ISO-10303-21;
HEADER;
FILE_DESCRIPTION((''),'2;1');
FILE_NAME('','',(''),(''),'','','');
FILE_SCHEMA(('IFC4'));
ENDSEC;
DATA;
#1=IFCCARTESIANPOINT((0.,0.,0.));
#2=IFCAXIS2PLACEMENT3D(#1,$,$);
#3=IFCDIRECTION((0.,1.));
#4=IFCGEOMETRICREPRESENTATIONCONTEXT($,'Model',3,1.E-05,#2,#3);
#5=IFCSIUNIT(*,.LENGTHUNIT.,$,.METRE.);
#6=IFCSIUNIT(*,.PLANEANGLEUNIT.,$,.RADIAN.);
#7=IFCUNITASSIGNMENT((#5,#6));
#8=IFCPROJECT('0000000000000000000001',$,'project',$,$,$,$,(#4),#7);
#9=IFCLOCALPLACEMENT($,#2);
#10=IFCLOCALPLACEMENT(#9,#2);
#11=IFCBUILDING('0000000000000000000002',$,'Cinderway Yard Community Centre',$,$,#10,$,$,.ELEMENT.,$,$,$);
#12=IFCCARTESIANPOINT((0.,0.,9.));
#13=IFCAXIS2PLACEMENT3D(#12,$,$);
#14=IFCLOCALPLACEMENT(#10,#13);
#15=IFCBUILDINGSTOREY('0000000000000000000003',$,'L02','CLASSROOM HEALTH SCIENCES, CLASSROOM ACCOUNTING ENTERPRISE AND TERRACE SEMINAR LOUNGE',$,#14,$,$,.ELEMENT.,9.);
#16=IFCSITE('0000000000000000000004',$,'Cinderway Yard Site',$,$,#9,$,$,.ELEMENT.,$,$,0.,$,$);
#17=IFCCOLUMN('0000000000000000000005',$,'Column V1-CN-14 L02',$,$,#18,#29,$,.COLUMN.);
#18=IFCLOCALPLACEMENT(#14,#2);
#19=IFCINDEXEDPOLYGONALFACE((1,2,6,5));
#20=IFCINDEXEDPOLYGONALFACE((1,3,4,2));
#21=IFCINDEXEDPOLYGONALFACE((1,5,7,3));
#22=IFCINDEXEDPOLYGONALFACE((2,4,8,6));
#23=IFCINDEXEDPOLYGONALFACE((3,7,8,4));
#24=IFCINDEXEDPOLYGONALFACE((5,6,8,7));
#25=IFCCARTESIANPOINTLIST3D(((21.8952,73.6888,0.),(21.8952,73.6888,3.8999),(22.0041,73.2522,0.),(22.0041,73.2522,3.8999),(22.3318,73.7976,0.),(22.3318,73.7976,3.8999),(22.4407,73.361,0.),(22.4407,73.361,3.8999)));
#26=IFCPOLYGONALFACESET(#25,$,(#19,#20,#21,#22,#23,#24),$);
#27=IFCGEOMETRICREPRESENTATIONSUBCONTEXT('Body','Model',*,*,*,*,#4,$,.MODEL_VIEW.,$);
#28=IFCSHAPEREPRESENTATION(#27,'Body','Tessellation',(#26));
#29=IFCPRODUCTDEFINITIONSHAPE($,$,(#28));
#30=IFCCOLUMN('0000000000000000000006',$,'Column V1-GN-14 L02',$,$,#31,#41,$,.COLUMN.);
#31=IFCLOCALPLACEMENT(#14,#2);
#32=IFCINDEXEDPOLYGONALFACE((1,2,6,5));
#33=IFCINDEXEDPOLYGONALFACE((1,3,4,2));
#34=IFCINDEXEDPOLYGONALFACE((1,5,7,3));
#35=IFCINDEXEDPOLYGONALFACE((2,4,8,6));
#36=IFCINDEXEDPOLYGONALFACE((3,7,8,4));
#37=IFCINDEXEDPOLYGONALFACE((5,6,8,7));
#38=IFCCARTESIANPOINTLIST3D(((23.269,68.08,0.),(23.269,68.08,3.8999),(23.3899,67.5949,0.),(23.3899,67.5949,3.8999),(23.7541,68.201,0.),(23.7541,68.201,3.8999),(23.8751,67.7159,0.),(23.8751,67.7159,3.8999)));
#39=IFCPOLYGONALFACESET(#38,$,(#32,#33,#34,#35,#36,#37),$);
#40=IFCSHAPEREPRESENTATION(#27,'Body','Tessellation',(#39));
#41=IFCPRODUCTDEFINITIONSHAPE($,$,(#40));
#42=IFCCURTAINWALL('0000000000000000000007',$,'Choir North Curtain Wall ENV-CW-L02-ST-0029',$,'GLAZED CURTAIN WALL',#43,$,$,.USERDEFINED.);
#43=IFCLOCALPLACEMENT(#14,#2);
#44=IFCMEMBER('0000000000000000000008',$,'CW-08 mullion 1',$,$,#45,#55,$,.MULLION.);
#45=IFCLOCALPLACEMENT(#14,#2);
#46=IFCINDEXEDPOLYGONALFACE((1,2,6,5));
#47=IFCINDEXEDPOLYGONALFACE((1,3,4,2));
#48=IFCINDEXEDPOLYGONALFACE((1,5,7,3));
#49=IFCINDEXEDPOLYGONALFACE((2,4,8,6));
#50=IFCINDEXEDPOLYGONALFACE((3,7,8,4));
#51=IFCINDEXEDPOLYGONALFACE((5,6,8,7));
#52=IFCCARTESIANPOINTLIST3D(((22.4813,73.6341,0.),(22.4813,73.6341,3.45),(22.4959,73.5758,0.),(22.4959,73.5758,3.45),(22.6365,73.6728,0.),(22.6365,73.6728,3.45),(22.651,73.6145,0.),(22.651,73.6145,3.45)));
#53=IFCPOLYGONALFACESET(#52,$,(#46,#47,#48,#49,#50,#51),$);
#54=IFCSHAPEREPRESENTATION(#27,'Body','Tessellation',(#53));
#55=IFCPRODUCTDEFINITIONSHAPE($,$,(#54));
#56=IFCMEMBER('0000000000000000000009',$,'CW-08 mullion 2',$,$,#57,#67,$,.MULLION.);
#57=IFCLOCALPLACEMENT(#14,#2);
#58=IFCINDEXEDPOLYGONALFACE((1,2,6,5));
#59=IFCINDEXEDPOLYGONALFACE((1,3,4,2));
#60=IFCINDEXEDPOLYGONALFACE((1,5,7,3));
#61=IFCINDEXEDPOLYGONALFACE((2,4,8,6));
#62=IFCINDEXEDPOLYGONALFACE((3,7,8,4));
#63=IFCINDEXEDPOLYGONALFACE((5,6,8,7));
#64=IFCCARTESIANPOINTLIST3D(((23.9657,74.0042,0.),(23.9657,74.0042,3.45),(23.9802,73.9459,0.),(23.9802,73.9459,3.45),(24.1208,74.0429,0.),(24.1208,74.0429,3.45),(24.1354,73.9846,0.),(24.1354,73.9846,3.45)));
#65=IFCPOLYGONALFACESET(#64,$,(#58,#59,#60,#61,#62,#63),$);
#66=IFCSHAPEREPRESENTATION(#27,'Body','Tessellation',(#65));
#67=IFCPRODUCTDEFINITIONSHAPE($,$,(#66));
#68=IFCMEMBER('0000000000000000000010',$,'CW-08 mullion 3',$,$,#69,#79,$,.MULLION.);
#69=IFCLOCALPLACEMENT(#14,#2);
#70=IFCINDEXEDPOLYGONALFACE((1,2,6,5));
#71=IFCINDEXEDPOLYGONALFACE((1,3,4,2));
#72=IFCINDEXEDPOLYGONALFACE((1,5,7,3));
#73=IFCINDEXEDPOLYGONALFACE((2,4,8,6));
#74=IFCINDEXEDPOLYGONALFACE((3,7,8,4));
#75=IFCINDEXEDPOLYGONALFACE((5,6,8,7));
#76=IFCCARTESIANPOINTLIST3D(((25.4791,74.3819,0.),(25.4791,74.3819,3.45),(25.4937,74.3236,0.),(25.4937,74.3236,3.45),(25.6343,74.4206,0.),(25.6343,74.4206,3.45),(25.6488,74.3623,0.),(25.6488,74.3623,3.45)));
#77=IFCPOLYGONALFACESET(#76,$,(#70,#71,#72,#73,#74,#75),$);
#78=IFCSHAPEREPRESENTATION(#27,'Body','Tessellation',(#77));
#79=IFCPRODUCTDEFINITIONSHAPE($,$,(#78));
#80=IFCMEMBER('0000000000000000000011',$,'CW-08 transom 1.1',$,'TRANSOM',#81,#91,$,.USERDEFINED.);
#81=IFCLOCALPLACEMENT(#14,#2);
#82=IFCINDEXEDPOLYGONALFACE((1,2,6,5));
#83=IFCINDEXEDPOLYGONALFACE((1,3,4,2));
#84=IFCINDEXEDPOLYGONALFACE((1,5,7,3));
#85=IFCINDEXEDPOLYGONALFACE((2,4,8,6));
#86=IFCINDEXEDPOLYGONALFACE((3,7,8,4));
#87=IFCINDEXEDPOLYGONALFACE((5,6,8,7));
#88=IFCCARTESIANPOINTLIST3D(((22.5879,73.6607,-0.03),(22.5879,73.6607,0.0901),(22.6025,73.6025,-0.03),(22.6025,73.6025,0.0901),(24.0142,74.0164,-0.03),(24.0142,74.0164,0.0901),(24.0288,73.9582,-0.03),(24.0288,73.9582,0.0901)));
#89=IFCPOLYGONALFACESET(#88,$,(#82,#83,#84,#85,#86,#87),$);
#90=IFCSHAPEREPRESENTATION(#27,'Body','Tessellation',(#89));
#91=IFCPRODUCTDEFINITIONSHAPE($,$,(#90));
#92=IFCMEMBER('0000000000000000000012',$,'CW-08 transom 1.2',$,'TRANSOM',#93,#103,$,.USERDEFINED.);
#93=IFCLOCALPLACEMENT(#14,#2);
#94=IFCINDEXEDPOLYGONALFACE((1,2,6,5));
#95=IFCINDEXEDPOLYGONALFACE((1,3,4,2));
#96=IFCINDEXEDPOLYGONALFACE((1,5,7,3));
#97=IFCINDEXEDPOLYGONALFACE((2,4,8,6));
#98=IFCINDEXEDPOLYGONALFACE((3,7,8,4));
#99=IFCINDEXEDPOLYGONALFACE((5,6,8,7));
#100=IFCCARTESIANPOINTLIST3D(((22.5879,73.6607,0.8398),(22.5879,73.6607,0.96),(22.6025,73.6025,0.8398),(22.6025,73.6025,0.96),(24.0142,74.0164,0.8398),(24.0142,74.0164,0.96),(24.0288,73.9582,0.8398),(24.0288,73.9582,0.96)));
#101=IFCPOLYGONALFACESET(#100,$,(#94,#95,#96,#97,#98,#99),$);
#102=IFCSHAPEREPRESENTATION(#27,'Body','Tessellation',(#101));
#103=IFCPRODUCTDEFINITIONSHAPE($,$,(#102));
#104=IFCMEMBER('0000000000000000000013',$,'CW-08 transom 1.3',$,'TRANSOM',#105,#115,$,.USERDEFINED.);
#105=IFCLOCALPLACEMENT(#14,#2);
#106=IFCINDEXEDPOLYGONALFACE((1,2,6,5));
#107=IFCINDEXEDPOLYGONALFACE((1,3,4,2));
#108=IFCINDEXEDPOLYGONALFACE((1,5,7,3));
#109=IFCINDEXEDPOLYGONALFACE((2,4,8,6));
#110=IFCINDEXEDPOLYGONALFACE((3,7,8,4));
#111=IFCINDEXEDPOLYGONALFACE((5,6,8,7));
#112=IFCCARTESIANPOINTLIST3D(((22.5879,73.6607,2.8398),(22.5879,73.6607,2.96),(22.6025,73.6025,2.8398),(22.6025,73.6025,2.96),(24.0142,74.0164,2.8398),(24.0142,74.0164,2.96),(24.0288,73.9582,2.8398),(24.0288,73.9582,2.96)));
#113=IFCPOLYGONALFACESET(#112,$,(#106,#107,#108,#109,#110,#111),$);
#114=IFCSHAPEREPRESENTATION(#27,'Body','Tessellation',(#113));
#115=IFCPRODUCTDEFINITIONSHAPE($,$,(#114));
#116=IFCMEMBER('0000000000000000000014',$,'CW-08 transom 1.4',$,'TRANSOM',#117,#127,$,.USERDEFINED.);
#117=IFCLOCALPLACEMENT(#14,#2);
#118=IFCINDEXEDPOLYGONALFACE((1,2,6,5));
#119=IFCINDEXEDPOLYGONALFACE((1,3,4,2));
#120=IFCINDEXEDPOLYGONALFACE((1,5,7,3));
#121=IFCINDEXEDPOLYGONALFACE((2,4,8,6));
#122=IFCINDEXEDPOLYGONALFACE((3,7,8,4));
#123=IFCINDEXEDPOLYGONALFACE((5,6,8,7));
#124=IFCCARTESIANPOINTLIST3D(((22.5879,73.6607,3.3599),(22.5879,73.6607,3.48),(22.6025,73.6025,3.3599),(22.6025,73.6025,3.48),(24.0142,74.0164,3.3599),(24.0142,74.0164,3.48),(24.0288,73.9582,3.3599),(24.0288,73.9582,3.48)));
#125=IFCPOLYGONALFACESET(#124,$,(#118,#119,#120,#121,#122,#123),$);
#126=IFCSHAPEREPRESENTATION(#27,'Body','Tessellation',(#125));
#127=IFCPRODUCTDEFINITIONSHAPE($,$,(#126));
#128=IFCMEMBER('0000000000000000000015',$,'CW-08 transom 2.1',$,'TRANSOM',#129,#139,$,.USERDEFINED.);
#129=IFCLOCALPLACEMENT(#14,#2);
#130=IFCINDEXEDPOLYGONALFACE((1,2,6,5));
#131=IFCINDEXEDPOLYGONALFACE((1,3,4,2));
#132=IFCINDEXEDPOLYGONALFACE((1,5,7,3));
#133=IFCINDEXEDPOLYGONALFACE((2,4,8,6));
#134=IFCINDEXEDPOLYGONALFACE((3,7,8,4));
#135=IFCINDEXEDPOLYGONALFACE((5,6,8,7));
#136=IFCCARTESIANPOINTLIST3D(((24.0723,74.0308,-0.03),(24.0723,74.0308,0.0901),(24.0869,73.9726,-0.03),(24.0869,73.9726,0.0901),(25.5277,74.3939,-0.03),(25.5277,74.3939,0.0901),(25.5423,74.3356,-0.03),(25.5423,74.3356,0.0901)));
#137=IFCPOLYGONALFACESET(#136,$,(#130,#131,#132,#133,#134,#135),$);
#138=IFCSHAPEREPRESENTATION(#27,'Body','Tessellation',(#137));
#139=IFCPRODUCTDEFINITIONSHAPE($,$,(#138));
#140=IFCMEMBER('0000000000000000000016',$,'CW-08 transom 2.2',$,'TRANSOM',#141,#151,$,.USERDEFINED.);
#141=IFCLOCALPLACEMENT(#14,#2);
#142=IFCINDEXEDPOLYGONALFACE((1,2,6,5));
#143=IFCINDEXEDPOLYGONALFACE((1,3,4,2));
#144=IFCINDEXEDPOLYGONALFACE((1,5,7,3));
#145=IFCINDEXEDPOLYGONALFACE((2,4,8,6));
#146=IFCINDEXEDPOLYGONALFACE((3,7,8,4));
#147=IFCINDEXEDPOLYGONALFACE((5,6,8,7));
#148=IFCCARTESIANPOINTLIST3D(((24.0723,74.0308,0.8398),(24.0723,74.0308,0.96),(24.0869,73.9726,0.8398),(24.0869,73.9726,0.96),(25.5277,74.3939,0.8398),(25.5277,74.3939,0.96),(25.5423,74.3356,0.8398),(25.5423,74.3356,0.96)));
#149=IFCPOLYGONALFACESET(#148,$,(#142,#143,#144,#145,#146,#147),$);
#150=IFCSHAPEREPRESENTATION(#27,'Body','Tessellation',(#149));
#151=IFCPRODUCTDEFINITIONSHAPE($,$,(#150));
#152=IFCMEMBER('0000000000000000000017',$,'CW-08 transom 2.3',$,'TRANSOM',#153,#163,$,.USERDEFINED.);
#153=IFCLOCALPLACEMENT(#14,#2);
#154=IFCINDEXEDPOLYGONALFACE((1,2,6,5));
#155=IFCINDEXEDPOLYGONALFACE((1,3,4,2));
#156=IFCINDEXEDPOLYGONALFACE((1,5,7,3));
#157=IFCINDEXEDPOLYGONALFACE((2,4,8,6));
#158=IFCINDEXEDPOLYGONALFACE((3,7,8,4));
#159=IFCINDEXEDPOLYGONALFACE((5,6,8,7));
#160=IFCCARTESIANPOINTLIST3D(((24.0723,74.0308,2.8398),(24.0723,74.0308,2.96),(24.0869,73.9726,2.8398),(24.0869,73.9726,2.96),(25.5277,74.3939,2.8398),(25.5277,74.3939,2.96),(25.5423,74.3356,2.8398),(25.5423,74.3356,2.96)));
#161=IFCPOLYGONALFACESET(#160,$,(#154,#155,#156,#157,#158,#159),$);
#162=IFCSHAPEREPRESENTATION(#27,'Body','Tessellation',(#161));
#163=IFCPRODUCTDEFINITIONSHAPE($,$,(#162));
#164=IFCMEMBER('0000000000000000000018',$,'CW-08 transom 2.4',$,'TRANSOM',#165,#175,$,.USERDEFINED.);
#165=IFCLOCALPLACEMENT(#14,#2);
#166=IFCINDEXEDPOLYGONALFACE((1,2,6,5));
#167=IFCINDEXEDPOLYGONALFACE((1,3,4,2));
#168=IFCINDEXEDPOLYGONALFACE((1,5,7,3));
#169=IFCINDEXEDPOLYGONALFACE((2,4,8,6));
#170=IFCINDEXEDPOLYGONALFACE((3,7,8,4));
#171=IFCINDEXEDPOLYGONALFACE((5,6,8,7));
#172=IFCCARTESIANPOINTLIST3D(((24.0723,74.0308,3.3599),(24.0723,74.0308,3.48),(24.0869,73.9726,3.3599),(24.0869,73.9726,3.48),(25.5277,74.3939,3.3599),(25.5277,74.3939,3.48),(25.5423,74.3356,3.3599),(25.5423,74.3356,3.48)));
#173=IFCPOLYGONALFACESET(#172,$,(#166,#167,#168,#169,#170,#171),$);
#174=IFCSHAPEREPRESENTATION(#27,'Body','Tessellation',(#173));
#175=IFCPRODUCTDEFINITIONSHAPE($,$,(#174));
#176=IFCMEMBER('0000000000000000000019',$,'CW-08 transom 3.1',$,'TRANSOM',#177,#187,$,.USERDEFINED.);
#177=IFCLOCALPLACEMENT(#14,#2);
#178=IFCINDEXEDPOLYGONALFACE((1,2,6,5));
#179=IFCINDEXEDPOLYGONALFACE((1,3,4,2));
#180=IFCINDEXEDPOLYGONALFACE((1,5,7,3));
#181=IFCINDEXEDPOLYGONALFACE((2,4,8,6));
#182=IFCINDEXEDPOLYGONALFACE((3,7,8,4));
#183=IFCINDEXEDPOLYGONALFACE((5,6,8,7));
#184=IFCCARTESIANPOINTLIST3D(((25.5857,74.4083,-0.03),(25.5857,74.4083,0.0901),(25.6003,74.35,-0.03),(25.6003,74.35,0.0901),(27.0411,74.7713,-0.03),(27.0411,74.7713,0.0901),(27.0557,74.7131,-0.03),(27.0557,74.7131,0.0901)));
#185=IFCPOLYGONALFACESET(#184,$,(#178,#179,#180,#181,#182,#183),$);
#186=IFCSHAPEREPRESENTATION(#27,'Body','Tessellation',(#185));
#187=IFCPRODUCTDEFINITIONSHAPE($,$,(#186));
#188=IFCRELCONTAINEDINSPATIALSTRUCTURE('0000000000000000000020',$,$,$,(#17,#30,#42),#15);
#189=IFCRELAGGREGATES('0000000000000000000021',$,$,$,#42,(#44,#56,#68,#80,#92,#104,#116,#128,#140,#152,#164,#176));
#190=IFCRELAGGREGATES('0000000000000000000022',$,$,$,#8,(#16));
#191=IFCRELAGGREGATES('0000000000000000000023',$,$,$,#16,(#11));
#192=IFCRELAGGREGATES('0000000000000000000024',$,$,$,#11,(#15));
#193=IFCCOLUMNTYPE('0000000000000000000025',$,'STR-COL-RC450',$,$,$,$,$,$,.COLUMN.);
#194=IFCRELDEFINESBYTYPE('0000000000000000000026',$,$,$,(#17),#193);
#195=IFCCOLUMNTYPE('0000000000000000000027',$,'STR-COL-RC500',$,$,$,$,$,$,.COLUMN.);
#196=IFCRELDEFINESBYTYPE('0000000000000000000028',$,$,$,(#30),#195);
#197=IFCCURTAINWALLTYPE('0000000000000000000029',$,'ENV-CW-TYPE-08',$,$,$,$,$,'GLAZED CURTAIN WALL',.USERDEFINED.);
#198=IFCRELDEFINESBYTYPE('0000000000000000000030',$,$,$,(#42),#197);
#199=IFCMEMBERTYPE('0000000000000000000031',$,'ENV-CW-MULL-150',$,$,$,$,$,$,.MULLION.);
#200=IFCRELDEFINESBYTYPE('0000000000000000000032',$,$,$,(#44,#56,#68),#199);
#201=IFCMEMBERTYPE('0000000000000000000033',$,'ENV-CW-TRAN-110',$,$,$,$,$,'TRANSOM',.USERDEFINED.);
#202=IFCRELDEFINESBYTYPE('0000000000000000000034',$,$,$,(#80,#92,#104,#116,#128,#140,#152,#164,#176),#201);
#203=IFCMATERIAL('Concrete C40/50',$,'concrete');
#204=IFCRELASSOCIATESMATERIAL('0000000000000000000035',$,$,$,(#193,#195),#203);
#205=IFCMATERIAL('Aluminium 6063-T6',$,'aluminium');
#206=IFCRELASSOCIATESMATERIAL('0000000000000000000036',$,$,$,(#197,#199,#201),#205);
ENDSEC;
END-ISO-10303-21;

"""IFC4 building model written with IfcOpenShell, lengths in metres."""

from ifc_helpers import new_model, si_unit, direction, frame, origin, origin_2d, place, context, subcontext, project, spatial, rectangle, extrude, material, material_profile, profile_set, type_object, element, aggregate, save


model = new_model("IFC4")

# Units and contexts
model_context = context("Model", 3, precision=1e-05, world=origin(), true_north=direction((0.0, 1.0)))
body_context = subcontext(model_context, "Body", "Model", "MODEL_VIEW")
ifc_project = project(units=[si_unit("LENGTHUNIT", "METRE"), si_unit("PLANEANGLEUNIT", "RADIAN")], contexts=[model_context])

# Site, building, storey
site_placement = place(None, origin())
site = spatial("IfcSite", under=ifc_project, at=site_placement, Name="Cinderway Yard Site", CompositionType="ELEMENT", RefElevation=0.0)
building_placement = place(site_placement, origin())
building = spatial("IfcBuilding", under=site, at=building_placement, Name="Cinderway Yard Community Centre", CompositionType="ELEMENT")
storey_placement = place(building_placement, frame((0.0, 0.0, 9.0)))
storey = spatial("IfcBuildingStorey", under=building, at=storey_placement, Name="L02", Description="CLASSROOM HEALTH SCIENCES, CLASSROOM ACCOUNTING ENTERPRISE AND TERRACE SEMINAR LOUNGE", CompositionType="ELEMENT", Elevation=9.0)

# Columns
ifc_material_1 = material(Name="Concrete C40/50", Category="concrete")
ifc_material_profile_1 = material_profile(ifc_material_1, rectangle(XDim=0.45, YDim=0.45, at=origin_2d()), Name="Concrete C40/50")
ifc_profile_set_1 = profile_set([ifc_material_profile_1], Name="Concrete C40/50")
column_type_1 = type_object("IfcColumnType", Name="STR-COL-RC450", PredefinedType="COLUMN", material=ifc_profile_set_1)
column_1_placement = place(storey_placement, frame((22.168, 73.5249, 0.0), z_axis=(0.0, 0.0, 1.0), x_axis=(0.970296, 0.241922, 0.0)))
element("IfcColumn", 1, at=column_1_placement, inside=storey, type_object=column_type_1, Name="Column V1-CN-14 L02", PredefinedType="COLUMN", context=body_context, shape_type="SweptSolid", body=[
    extrude(rectangle(XDim=0.45, YDim=0.45, at=origin_2d()), origin(), (0.0, 0.0, 1.0), 3.8999),
])
ifc_material_profile_2 = material_profile(ifc_material_1, rectangle(XDim=0.5, YDim=0.5, at=origin_2d()), Name="Concrete C40/50")
ifc_profile_set_2 = profile_set([ifc_material_profile_2], Name="Concrete C40/50")
column_type_2 = type_object("IfcColumnType", Name="STR-COL-RC500", PredefinedType="COLUMN", material=ifc_profile_set_2)
column_2_placement = place(storey_placement, frame((23.572, 67.8979, 0.0), z_axis=(0.0, 0.0, 1.0), x_axis=(0.970296, 0.241922, 0.0)))
element("IfcColumn", 2, at=column_2_placement, inside=storey, type_object=column_type_2, Name="Column V1-GN-14 L02", PredefinedType="COLUMN", context=body_context, shape_type="SweptSolid", body=[
    extrude(rectangle(XDim=0.5, YDim=0.5, at=origin_2d()), origin(), (0.0, 0.0, 1.0), 3.8999),
])

# Curtain wall, members
ifc_material_2 = material(Name="Aluminium 6063-T6", Category="aluminium")
curtain_wall_type = type_object("IfcCurtainWallType", Name="ENV-CW-TYPE-08", ElementType="GLAZED CURTAIN WALL", PredefinedType="USERDEFINED", material=ifc_material_2)
curtain_wall_placement = place(storey_placement, origin())
curtain_wall = element("IfcCurtainWall", 3, at=curtain_wall_placement, inside=storey, type_object=curtain_wall_type, Name="Choir North Curtain Wall ENV-CW-L02-ST-0029", ObjectType="GLAZED CURTAIN WALL", PredefinedType="USERDEFINED")
ifc_material_profile_3 = material_profile(ifc_material_2, rectangle(XDim=0.0601, YDim=0.1599, at=origin_2d()), Name="Aluminium 6063-T6")
ifc_profile_set_3 = profile_set([ifc_material_profile_3], Name="Aluminium 6063-T6")
member_type_1 = type_object("IfcMemberType", Name="ENV-CW-MULL-150", PredefinedType="MULLION", material=ifc_profile_set_3)
member_1_placement = place(storey_placement, frame((22.5662, 73.6243, 0.0), z_axis=(0.0, 0.0, 1.0), x_axis=(-0.242008, 0.970274, 0.0)))
member_1 = element("IfcMember", 4, at=member_1_placement, type_object=member_type_1, Name="CW-08 mullion 1", PredefinedType="MULLION", context=body_context, shape_type="SweptSolid", body=[
    extrude(rectangle(XDim=0.0601, YDim=0.1599, at=origin_2d()), origin(), (0.0, 0.0, 1.0), 3.45),
])
member_2_placement = place(storey_placement, frame((24.0505, 73.9944, 0.0), z_axis=(0.0, 0.0, 1.0), x_axis=(-0.242008, 0.970274, 0.0)))
member_2 = element("IfcMember", 5, at=member_2_placement, type_object=member_type_1, Name="CW-08 mullion 2", PredefinedType="MULLION", context=body_context, shape_type="SweptSolid", body=[
    extrude(rectangle(XDim=0.0601, YDim=0.1599, at=origin_2d()), origin(), (0.0, 0.0, 1.0), 3.45),
])
member_3_placement = place(storey_placement, frame((25.564, 74.3721, 0.0), z_axis=(0.0, 0.0, 1.0), x_axis=(-0.242008, 0.970274, 0.0)))
member_3 = element("IfcMember", 6, at=member_3_placement, type_object=member_type_1, Name="CW-08 mullion 3", PredefinedType="MULLION", context=body_context, shape_type="SweptSolid", body=[
    extrude(rectangle(XDim=0.0601, YDim=0.1599, at=origin_2d()), origin(), (0.0, 0.0, 1.0), 3.45),
])
ifc_material_profile_4 = material_profile(ifc_material_2, rectangle(XDim=0.0601, YDim=0.1201, at=origin_2d()), Name="Aluminium 6063-T6")
ifc_profile_set_4 = profile_set([ifc_material_profile_4], Name="Aluminium 6063-T6")
member_type_2 = type_object("IfcMemberType", Name="ENV-CW-TRAN-110", ElementType="TRANSOM", PredefinedType="USERDEFINED", material=ifc_profile_set_4)
member_4_placement = place(storey_placement, frame((22.5952, 73.6316, 0.03), z_axis=(0.970279, 0.241988, 0.0), x_axis=(-0.241988, 0.970279, 0.0)))
member_4 = element("IfcMember", 7, at=member_4_placement, type_object=member_type_2, Name="CW-08 transom 1.1", ObjectType="TRANSOM", PredefinedType="USERDEFINED", context=body_context, shape_type="SweptSolid", body=[
    extrude(rectangle(XDim=0.0601, YDim=0.1201, at=origin_2d()), origin(), (0.0, 0.0, 1.0), 1.47),
])
member_5_placement = place(storey_placement, frame((22.5952, 73.6316, 0.8999), z_axis=(0.970279, 0.241988, 0.0), x_axis=(-0.241988, 0.970279, 0.0)))
member_5 = element("IfcMember", 8, at=member_5_placement, type_object=member_type_2, Name="CW-08 transom 1.2", ObjectType="TRANSOM", PredefinedType="USERDEFINED", context=body_context, shape_type="SweptSolid", body=[
    extrude(rectangle(XDim=0.0601, YDim=0.1201, at=origin_2d()), origin(), (0.0, 0.0, 1.0), 1.47),
])
member_6_placement = place(storey_placement, frame((22.5952, 73.6316, 2.8999), z_axis=(0.970279, 0.241988, 0.0), x_axis=(-0.241988, 0.970279, 0.0)))
member_6 = element("IfcMember", 9, at=member_6_placement, type_object=member_type_2, Name="CW-08 transom 1.3", ObjectType="TRANSOM", PredefinedType="USERDEFINED", context=body_context, shape_type="SweptSolid", body=[
    extrude(rectangle(XDim=0.0601, YDim=0.1201, at=origin_2d()), origin(), (0.0, 0.0, 1.0), 1.47),
])
member_7_placement = place(storey_placement, frame((22.5952, 73.6316, 3.4199), z_axis=(0.970279, 0.241988, 0.0), x_axis=(-0.241988, 0.970279, 0.0)))
member_7 = element("IfcMember", 10, at=member_7_placement, type_object=member_type_2, Name="CW-08 transom 1.4", ObjectType="TRANSOM", PredefinedType="USERDEFINED", context=body_context, shape_type="SweptSolid", body=[
    extrude(rectangle(XDim=0.0601, YDim=0.1201, at=origin_2d()), origin(), (0.0, 0.0, 1.0), 1.47),
])
member_8_placement = place(storey_placement, frame((24.0796, 74.0017, 0.03), z_axis=(0.970267, 0.242038, 0.0), x_axis=(-0.242038, 0.970267, 0.0)))
member_8 = element("IfcMember", 11, at=member_8_placement, type_object=member_type_2, Name="CW-08 transom 2.1", ObjectType="TRANSOM", PredefinedType="USERDEFINED", context=body_context, shape_type="SweptSolid", body=[
    extrude(rectangle(XDim=0.0601, YDim=0.1201, at=origin_2d()), origin(), (0.0, 0.0, 1.0), 1.5),
])
member_9_placement = place(storey_placement, frame((24.0796, 74.0017, 0.8999), z_axis=(0.970267, 0.242038, 0.0), x_axis=(-0.242038, 0.970267, 0.0)))
member_9 = element("IfcMember", 12, at=member_9_placement, type_object=member_type_2, Name="CW-08 transom 2.2", ObjectType="TRANSOM", PredefinedType="USERDEFINED", context=body_context, shape_type="SweptSolid", body=[
    extrude(rectangle(XDim=0.0601, YDim=0.1201, at=origin_2d()), origin(), (0.0, 0.0, 1.0), 1.5),
])
member_10_placement = place(storey_placement, frame((24.0796, 74.0017, 2.8999), z_axis=(0.970267, 0.242038, 0.0), x_axis=(-0.242038, 0.970267, 0.0)))
member_10 = element("IfcMember", 13, at=member_10_placement, type_object=member_type_2, Name="CW-08 transom 2.3", ObjectType="TRANSOM", PredefinedType="USERDEFINED", context=body_context, shape_type="SweptSolid", body=[
    extrude(rectangle(XDim=0.0601, YDim=0.1201, at=origin_2d()), origin(), (0.0, 0.0, 1.0), 1.5),
])
member_11_placement = place(storey_placement, frame((24.0796, 74.0017, 3.4199), z_axis=(0.970267, 0.242038, 0.0), x_axis=(-0.242038, 0.970267, 0.0)))
member_11 = element("IfcMember", 14, at=member_11_placement, type_object=member_type_2, Name="CW-08 transom 2.4", ObjectType="TRANSOM", PredefinedType="USERDEFINED", context=body_context, shape_type="SweptSolid", body=[
    extrude(rectangle(XDim=0.0601, YDim=0.1201, at=origin_2d()), origin(), (0.0, 0.0, 1.0), 1.5),
])
member_12_placement = place(storey_placement, frame((25.593, 74.3792, 0.03), z_axis=(0.970267, 0.242038, 0.0), x_axis=(-0.242038, 0.970267, 0.0)))
member_12 = element("IfcMember", 15, at=member_12_placement, type_object=member_type_2, Name="CW-08 transom 3.1", ObjectType="TRANSOM", PredefinedType="USERDEFINED", context=body_context, shape_type="SweptSolid", body=[
    extrude(rectangle(XDim=0.0601, YDim=0.1201, at=origin_2d()), origin(), (0.0, 0.0, 1.0), 1.5),
])

aggregate(curtain_wall, [member_1, member_2, member_3, member_4, member_5, member_6, member_7, member_8, member_9, member_10, member_11, member_12])

save(model, "model.ifc")
